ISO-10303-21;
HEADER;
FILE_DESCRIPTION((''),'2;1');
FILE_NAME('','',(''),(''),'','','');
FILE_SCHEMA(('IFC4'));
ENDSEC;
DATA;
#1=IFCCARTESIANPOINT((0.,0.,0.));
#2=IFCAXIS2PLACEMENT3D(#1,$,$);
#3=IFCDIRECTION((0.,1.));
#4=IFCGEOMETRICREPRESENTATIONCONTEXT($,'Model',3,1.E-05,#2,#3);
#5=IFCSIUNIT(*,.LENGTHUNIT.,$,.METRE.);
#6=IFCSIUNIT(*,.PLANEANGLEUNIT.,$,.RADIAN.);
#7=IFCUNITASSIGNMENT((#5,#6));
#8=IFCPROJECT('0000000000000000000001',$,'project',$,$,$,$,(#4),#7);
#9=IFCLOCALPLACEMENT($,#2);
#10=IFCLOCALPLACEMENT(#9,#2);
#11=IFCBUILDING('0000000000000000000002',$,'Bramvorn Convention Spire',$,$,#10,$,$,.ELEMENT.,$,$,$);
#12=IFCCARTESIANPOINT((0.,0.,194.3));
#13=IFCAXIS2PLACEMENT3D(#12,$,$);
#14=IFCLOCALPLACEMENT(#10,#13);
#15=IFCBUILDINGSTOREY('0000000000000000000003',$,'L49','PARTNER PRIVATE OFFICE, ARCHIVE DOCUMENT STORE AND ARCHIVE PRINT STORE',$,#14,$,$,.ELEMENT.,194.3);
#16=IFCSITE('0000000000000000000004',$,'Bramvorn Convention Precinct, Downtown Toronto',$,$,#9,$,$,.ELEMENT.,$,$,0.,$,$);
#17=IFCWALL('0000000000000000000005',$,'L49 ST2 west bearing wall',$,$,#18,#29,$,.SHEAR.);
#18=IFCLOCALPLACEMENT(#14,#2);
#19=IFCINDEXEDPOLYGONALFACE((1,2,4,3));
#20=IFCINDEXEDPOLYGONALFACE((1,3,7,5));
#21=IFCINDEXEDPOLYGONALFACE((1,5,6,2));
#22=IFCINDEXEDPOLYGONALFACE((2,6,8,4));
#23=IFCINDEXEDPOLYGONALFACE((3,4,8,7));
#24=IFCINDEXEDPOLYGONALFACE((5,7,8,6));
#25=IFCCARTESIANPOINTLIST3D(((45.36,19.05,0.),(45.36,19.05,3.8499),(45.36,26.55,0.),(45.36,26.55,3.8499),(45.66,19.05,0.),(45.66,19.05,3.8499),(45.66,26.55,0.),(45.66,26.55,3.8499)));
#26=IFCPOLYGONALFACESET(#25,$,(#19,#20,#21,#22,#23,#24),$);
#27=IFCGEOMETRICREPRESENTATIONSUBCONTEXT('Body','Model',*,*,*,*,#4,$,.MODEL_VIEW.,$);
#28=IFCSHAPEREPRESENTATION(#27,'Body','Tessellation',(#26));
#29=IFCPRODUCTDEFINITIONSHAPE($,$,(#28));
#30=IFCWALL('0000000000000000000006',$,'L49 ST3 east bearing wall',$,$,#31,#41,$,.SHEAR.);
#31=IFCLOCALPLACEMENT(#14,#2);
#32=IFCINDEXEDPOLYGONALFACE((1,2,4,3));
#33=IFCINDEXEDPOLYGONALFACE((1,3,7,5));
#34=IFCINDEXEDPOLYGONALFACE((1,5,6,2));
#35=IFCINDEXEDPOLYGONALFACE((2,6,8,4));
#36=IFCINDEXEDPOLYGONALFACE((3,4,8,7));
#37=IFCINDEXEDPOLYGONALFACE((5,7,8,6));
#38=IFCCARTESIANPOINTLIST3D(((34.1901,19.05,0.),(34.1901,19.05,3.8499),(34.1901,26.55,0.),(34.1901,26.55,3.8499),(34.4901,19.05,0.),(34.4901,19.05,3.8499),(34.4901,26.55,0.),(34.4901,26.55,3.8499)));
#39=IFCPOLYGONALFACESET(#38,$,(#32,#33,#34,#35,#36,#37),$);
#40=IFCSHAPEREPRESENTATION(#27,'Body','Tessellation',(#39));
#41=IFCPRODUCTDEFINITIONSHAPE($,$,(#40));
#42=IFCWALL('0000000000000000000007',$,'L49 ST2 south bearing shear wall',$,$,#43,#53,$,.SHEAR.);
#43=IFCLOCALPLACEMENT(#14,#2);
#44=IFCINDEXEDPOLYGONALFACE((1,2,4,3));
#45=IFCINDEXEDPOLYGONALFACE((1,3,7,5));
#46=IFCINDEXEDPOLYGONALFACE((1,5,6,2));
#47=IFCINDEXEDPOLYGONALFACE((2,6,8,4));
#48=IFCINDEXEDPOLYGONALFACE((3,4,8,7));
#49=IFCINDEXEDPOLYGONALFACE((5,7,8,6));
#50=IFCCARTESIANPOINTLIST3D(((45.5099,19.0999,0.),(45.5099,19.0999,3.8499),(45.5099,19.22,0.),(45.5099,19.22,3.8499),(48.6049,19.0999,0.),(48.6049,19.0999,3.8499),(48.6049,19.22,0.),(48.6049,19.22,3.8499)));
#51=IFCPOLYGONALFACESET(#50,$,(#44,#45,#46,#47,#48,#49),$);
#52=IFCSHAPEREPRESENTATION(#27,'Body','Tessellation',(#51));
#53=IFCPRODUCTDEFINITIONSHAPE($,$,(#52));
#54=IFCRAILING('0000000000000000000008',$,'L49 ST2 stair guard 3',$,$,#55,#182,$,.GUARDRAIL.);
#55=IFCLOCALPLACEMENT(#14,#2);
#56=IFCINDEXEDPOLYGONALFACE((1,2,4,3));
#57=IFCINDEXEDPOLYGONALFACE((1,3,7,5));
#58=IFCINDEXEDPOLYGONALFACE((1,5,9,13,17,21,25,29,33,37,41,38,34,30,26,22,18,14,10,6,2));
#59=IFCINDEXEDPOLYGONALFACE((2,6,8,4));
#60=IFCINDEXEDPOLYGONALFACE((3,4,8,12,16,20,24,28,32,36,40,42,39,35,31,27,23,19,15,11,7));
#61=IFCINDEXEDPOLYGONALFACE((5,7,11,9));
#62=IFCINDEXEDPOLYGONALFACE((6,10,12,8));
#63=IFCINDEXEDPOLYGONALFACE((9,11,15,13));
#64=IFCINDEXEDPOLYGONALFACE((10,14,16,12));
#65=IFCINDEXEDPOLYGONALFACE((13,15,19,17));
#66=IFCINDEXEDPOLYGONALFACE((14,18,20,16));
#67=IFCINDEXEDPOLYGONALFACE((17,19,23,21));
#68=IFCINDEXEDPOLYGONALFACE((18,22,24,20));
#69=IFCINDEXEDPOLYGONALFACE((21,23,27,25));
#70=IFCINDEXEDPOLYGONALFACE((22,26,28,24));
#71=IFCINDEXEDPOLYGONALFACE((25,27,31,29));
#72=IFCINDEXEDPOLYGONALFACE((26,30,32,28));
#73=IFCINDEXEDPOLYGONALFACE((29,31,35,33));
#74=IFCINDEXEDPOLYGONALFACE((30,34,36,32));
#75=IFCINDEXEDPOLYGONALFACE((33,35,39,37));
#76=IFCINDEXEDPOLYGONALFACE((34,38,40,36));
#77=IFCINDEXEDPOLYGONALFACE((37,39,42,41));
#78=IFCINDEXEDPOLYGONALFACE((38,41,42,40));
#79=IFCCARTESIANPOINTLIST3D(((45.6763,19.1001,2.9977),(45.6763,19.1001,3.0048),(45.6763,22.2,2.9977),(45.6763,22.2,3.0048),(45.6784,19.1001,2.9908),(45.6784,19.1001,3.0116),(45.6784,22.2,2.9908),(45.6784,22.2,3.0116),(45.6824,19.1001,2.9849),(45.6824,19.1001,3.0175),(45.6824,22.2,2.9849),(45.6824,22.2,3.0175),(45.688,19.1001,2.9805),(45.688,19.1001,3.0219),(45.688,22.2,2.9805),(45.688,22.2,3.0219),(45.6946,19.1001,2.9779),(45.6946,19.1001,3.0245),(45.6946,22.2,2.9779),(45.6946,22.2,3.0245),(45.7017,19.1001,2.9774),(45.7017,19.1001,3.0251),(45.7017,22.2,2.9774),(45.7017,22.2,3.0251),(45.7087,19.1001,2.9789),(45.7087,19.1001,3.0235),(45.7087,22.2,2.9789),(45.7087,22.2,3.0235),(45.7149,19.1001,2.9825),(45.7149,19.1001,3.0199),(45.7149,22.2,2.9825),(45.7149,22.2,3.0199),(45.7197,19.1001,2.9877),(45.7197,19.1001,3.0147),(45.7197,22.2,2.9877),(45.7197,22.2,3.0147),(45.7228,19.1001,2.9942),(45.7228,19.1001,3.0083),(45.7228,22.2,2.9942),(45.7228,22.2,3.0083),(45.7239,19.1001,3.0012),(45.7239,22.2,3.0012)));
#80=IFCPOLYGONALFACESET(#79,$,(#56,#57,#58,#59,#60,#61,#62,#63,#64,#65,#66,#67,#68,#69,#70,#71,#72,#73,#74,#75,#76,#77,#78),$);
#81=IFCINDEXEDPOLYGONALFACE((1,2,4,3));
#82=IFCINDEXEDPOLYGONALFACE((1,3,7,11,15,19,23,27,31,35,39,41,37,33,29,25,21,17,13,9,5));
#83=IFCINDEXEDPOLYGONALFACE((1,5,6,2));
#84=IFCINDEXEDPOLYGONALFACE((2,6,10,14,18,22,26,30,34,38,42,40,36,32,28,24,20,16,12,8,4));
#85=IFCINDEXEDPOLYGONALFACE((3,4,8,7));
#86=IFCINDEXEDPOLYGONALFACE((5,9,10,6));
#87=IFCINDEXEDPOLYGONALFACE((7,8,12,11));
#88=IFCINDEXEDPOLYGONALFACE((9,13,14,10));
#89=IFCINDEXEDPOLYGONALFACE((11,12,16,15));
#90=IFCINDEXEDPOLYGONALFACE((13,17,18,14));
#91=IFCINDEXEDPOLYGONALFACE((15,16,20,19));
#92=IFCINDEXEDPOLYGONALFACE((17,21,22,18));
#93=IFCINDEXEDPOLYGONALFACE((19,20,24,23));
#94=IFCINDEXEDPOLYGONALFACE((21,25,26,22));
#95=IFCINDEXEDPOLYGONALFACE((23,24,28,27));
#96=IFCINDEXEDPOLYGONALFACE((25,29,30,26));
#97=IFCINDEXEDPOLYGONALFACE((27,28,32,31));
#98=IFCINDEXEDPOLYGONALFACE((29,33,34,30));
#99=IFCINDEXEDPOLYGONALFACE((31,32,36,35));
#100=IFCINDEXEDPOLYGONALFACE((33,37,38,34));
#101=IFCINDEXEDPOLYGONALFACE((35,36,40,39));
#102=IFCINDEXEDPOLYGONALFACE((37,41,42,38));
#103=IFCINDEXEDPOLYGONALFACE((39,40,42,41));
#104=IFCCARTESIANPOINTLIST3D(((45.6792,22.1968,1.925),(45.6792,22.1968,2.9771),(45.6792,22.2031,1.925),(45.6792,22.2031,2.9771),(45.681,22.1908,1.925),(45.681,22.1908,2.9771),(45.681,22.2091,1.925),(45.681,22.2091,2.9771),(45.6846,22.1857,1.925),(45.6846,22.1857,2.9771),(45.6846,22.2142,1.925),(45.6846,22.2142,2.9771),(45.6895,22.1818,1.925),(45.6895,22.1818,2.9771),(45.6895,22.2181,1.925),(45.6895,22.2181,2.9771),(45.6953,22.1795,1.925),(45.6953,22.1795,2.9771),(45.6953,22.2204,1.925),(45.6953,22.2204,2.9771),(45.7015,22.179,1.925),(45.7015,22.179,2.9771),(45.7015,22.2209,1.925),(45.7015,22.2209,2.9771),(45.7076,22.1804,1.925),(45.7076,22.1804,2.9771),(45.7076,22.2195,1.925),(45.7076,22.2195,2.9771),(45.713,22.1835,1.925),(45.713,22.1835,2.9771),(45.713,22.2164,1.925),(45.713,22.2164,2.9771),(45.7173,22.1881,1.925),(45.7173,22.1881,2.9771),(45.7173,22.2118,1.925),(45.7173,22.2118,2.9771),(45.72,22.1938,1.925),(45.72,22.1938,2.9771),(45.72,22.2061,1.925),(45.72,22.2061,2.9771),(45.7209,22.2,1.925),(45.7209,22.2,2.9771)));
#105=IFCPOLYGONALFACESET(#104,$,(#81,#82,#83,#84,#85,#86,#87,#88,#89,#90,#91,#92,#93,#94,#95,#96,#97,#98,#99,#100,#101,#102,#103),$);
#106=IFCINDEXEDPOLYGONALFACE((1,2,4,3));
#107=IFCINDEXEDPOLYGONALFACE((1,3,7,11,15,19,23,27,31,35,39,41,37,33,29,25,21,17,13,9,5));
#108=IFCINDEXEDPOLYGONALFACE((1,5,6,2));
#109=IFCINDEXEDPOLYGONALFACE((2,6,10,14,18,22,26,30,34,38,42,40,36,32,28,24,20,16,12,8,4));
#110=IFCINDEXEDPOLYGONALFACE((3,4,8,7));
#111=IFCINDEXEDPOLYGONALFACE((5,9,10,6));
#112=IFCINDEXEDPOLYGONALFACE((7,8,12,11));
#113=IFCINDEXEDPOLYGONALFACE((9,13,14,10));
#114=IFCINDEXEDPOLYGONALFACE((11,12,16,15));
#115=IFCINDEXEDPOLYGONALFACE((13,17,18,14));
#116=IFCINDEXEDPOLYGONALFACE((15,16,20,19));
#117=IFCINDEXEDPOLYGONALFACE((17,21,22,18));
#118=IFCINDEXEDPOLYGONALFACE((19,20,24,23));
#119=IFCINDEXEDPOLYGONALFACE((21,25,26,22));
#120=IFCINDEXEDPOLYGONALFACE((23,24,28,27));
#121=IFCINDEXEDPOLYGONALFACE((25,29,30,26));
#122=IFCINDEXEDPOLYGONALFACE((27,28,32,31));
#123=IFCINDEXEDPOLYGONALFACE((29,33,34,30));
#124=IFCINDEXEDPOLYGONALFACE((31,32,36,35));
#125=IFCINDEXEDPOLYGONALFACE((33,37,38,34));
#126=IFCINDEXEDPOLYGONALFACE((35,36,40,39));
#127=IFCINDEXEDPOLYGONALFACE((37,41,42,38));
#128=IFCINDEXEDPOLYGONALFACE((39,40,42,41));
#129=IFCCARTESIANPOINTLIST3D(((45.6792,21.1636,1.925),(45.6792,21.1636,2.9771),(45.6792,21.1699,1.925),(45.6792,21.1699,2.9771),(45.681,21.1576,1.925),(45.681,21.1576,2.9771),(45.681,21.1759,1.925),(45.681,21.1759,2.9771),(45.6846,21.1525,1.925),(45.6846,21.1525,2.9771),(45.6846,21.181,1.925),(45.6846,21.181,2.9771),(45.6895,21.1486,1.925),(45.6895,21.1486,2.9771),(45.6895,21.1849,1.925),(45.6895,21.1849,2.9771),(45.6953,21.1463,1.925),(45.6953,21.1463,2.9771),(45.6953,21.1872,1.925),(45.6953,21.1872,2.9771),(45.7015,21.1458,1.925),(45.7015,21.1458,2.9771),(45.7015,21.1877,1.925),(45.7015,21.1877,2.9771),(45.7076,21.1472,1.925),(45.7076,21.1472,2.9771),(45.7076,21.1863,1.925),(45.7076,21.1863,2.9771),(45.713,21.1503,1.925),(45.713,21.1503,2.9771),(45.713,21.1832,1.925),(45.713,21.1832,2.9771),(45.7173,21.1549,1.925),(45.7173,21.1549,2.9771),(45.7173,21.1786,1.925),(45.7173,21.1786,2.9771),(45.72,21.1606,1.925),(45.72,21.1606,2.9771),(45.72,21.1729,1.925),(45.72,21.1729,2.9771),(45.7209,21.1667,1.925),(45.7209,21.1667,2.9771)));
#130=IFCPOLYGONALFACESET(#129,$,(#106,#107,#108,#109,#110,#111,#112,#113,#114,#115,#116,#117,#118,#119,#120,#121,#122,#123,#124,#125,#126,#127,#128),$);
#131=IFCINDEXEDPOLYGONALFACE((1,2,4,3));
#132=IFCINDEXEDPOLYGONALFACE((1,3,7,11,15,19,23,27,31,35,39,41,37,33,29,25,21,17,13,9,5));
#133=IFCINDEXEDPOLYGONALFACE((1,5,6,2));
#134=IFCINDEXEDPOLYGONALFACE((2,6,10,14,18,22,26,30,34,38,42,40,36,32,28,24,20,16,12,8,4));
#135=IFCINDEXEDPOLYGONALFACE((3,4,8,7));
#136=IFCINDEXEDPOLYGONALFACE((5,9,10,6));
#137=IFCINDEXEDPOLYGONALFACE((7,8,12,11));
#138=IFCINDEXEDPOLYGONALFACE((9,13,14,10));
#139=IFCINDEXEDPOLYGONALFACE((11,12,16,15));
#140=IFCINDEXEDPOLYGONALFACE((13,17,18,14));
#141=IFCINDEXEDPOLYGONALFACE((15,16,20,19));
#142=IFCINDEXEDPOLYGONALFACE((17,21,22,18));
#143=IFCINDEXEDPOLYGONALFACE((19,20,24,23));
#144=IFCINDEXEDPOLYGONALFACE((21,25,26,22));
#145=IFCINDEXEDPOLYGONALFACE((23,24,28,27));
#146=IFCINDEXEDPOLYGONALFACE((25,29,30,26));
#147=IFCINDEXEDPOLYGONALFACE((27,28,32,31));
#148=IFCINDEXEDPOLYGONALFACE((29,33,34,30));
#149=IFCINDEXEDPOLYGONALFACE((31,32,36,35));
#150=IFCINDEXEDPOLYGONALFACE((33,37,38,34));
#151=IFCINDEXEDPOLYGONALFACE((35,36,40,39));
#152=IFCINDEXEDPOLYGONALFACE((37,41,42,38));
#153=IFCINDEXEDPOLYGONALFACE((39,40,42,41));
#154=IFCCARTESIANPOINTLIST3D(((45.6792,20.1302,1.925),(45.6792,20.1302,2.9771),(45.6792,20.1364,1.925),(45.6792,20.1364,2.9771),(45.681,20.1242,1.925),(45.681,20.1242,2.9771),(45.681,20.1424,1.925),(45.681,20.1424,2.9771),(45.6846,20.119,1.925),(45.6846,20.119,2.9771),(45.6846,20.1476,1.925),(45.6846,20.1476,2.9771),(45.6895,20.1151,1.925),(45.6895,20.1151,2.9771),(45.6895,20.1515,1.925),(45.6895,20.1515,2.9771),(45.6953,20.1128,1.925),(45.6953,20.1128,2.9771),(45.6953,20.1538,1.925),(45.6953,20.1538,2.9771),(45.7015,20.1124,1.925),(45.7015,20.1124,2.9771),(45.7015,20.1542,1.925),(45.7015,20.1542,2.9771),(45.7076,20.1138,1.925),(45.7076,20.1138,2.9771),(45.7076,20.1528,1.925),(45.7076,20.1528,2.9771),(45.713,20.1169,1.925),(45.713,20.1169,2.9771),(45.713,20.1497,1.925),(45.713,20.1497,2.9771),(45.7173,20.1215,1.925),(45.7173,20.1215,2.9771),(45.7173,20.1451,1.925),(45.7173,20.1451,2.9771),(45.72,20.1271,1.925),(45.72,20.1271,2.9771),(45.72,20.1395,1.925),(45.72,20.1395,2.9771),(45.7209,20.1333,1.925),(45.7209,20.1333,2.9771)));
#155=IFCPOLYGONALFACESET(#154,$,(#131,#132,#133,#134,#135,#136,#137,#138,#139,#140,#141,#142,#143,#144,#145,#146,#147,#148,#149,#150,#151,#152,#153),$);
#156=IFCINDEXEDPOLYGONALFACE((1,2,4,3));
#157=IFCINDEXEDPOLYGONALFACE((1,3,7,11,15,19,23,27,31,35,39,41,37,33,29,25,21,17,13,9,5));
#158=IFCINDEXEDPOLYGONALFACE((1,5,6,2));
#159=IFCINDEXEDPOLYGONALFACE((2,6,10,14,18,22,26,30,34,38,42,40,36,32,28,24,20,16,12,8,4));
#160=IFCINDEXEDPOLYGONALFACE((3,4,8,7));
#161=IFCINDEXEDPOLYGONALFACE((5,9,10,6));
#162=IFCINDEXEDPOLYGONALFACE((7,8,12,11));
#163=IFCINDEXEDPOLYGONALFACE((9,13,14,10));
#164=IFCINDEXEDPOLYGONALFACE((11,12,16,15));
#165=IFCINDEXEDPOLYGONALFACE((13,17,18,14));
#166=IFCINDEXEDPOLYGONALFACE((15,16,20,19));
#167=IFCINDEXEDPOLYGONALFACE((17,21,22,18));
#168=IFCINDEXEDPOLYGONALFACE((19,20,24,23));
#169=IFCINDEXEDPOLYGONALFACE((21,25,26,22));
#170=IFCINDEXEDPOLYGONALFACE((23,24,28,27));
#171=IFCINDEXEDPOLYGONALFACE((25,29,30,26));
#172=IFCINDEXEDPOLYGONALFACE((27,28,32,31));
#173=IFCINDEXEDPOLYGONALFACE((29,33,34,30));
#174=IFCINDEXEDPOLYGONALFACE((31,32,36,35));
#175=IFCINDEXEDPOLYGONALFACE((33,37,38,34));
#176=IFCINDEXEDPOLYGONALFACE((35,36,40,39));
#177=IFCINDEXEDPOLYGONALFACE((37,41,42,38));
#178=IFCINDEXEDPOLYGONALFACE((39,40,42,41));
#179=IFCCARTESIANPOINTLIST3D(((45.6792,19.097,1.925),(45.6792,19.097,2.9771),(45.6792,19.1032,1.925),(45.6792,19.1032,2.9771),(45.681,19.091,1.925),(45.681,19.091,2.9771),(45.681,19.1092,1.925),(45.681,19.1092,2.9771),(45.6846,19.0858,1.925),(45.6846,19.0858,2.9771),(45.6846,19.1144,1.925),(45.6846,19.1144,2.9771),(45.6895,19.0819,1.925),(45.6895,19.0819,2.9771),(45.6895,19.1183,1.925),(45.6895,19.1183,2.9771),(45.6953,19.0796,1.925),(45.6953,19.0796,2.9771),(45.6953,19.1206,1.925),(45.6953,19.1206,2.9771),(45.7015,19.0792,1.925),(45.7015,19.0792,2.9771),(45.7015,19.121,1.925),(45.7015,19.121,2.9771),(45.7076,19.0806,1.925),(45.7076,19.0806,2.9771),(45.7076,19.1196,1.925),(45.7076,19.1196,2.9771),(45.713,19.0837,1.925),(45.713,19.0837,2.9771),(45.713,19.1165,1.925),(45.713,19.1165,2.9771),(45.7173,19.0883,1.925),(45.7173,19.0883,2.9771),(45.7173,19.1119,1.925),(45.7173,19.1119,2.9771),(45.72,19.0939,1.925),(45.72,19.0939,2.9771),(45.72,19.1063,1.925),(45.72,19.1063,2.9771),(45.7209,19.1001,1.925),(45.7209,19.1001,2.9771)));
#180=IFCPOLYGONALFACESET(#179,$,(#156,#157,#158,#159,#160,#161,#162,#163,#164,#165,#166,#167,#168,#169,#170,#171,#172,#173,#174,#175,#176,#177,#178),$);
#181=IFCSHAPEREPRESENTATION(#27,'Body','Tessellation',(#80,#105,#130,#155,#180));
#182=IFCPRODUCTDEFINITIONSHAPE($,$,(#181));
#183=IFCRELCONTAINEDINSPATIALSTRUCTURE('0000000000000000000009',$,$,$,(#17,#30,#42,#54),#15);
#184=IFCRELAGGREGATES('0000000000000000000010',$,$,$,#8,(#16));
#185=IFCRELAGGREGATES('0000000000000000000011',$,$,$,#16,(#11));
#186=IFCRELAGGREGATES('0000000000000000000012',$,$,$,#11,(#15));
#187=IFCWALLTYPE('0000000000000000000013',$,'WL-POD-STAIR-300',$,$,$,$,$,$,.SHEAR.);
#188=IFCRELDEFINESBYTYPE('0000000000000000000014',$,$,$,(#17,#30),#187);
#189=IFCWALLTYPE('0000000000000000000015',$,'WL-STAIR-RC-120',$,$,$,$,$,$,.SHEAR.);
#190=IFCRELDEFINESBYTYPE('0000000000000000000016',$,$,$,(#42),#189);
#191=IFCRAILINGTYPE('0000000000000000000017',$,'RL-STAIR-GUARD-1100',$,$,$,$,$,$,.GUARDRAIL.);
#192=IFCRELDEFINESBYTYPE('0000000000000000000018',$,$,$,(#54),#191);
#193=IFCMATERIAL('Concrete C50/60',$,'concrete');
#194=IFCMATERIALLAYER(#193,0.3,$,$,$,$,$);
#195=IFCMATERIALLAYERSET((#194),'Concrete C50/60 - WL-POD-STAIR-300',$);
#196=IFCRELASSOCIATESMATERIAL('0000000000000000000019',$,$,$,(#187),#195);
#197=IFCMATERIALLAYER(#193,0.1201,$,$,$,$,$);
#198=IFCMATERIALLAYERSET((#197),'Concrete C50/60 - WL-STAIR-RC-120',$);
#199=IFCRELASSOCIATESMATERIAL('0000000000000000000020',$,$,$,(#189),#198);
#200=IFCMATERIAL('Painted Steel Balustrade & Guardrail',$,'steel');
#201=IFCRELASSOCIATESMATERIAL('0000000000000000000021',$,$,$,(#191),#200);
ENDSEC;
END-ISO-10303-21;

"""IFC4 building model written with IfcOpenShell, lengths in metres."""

from ifc_helpers import new_model, si_unit, direction, frame, frame_2d, origin, origin_2d, place, context, subcontext, project, spatial, rectangle, circle, extrude, material, layer, layer_set, type_object, element, save


model = new_model("IFC4")

# Units and contexts
model_context = context("Model", 3, precision=1e-05, world=origin(), true_north=direction((0.0, 1.0)))
body_context = subcontext(model_context, "Body", "Model", "MODEL_VIEW")
ifc_project = project(units=[si_unit("LENGTHUNIT", "METRE"), si_unit("PLANEANGLEUNIT", "RADIAN")], contexts=[model_context])

# Site, building, storey
site_placement = place(None, origin())
site = spatial("IfcSite", under=ifc_project, at=site_placement, Name="Bramvorn Convention Precinct, Downtown Toronto", CompositionType="ELEMENT", RefElevation=0.0)
building_placement = place(site_placement, origin())
building = spatial("IfcBuilding", under=site, at=building_placement, Name="Bramvorn Convention Spire", CompositionType="ELEMENT")
storey_placement = place(building_placement, frame((0.0, 0.0, 194.3)))
storey = spatial("IfcBuildingStorey", under=building, at=storey_placement, Name="L49", Description="PARTNER PRIVATE OFFICE, ARCHIVE DOCUMENT STORE AND ARCHIVE PRINT STORE", CompositionType="ELEMENT", Elevation=194.3)

# Shared definitions
ifc_material_1 = material(Name="Concrete C50/60", Category="concrete")

# Walls
ifc_layer_1 = layer(ifc_material_1, 0.3)
ifc_layer_set_1 = layer_set([ifc_layer_1], Name="Concrete C50/60 - WL-POD-STAIR-300")
wall_type_1 = type_object("IfcWallType", Name="WL-POD-STAIR-300", PredefinedType="SHEAR", material=ifc_layer_set_1)
for number, where, z_axis, x_axis, name in (
    (1, (45.51, 19.05, 0.0), (0.0, 0.0, 1.0), (0.0, 1.0, 0.0), "L49 ST2 west bearing wall"),
    (2, (34.3401, 19.05, 0.0), (0.0, 0.0, 1.0), (0.0, 1.0, 0.0), "L49 ST3 east bearing wall"),
):
    element("IfcWall", number, at=place(storey_placement, frame(where, z_axis=z_axis, x_axis=x_axis)), inside=storey, type_object=wall_type_1, Name=name, PredefinedType="SHEAR", context=body_context, shape_type="SweptSolid", body=[
        extrude(rectangle(XDim=7.5, YDim=0.3, at=frame_2d((3.75, 0.0))), origin(), (0.0, 0.0, 1.0), 3.8499),
    ])
ifc_layer_2 = layer(ifc_material_1, 0.1201)
ifc_layer_set_2 = layer_set([ifc_layer_2], Name="Concrete C50/60 - WL-STAIR-RC-120")
wall_type_2 = type_object("IfcWallType", Name="WL-STAIR-RC-120", PredefinedType="SHEAR", material=ifc_layer_set_2)
wall_1_placement = place(storey_placement, frame((45.51, 19.1599, 0.0), z_axis=(0.0, 0.0, 1.0), x_axis=(1.0, 0.0, 0.0)))
element("IfcWall", 3, at=wall_1_placement, inside=storey, type_object=wall_type_2, Name="L49 ST2 south bearing shear wall", PredefinedType="SHEAR", context=body_context, shape_type="SweptSolid", body=[
    extrude(rectangle(XDim=3.095, YDim=0.1201, at=frame_2d((1.5474, 0.0))), origin(), (0.0, 0.0, 1.0), 3.8499),
])

# Railing
ifc_material_2 = material(Name="Painted Steel Balustrade & Guardrail", Category="steel")
railing_type_1 = type_object("IfcRailingType", Name="RL-STAIR-GUARD-1100", PredefinedType="GUARDRAIL", material=ifc_material_2)
railing_1_placement = place(storey_placement, frame((45.7, 22.2, 1.925)))
element("IfcRailing", 4, at=railing_1_placement, inside=storey, type_object=railing_type_1, Name="L49 ST2 stair guard 3", PredefinedType="GUARDRAIL", context=body_context, shape_type="SweptSolid", body=[
    extrude(circle(Radius=0.0239, at=origin_2d()), frame((0.0, 0.0, 1.0762), z_axis=(0.0, -1.0, 0.0), x_axis=(1.0, 0.0, 0.0)), (0.0, 0.0, 1.0), 3.0999),
    extrude(circle(Radius=0.021, at=origin_2d()), origin(), (0.0, 0.0, 1.0), 1.052),
    extrude(circle(Radius=0.021, at=origin_2d()), frame((0.0, -1.0332, 0.0)), (0.0, 0.0, 1.0), 1.052),
    extrude(circle(Radius=0.021, at=origin_2d()), frame((0.0, -2.0667, 0.0)), (0.0, 0.0, 1.0), 1.052),
    extrude(circle(Radius=0.021, at=origin_2d()), frame((0.0, -3.0999, 0.0)), (0.0, 0.0, 1.0), 1.052),
])

save(model, "model.ifc")
